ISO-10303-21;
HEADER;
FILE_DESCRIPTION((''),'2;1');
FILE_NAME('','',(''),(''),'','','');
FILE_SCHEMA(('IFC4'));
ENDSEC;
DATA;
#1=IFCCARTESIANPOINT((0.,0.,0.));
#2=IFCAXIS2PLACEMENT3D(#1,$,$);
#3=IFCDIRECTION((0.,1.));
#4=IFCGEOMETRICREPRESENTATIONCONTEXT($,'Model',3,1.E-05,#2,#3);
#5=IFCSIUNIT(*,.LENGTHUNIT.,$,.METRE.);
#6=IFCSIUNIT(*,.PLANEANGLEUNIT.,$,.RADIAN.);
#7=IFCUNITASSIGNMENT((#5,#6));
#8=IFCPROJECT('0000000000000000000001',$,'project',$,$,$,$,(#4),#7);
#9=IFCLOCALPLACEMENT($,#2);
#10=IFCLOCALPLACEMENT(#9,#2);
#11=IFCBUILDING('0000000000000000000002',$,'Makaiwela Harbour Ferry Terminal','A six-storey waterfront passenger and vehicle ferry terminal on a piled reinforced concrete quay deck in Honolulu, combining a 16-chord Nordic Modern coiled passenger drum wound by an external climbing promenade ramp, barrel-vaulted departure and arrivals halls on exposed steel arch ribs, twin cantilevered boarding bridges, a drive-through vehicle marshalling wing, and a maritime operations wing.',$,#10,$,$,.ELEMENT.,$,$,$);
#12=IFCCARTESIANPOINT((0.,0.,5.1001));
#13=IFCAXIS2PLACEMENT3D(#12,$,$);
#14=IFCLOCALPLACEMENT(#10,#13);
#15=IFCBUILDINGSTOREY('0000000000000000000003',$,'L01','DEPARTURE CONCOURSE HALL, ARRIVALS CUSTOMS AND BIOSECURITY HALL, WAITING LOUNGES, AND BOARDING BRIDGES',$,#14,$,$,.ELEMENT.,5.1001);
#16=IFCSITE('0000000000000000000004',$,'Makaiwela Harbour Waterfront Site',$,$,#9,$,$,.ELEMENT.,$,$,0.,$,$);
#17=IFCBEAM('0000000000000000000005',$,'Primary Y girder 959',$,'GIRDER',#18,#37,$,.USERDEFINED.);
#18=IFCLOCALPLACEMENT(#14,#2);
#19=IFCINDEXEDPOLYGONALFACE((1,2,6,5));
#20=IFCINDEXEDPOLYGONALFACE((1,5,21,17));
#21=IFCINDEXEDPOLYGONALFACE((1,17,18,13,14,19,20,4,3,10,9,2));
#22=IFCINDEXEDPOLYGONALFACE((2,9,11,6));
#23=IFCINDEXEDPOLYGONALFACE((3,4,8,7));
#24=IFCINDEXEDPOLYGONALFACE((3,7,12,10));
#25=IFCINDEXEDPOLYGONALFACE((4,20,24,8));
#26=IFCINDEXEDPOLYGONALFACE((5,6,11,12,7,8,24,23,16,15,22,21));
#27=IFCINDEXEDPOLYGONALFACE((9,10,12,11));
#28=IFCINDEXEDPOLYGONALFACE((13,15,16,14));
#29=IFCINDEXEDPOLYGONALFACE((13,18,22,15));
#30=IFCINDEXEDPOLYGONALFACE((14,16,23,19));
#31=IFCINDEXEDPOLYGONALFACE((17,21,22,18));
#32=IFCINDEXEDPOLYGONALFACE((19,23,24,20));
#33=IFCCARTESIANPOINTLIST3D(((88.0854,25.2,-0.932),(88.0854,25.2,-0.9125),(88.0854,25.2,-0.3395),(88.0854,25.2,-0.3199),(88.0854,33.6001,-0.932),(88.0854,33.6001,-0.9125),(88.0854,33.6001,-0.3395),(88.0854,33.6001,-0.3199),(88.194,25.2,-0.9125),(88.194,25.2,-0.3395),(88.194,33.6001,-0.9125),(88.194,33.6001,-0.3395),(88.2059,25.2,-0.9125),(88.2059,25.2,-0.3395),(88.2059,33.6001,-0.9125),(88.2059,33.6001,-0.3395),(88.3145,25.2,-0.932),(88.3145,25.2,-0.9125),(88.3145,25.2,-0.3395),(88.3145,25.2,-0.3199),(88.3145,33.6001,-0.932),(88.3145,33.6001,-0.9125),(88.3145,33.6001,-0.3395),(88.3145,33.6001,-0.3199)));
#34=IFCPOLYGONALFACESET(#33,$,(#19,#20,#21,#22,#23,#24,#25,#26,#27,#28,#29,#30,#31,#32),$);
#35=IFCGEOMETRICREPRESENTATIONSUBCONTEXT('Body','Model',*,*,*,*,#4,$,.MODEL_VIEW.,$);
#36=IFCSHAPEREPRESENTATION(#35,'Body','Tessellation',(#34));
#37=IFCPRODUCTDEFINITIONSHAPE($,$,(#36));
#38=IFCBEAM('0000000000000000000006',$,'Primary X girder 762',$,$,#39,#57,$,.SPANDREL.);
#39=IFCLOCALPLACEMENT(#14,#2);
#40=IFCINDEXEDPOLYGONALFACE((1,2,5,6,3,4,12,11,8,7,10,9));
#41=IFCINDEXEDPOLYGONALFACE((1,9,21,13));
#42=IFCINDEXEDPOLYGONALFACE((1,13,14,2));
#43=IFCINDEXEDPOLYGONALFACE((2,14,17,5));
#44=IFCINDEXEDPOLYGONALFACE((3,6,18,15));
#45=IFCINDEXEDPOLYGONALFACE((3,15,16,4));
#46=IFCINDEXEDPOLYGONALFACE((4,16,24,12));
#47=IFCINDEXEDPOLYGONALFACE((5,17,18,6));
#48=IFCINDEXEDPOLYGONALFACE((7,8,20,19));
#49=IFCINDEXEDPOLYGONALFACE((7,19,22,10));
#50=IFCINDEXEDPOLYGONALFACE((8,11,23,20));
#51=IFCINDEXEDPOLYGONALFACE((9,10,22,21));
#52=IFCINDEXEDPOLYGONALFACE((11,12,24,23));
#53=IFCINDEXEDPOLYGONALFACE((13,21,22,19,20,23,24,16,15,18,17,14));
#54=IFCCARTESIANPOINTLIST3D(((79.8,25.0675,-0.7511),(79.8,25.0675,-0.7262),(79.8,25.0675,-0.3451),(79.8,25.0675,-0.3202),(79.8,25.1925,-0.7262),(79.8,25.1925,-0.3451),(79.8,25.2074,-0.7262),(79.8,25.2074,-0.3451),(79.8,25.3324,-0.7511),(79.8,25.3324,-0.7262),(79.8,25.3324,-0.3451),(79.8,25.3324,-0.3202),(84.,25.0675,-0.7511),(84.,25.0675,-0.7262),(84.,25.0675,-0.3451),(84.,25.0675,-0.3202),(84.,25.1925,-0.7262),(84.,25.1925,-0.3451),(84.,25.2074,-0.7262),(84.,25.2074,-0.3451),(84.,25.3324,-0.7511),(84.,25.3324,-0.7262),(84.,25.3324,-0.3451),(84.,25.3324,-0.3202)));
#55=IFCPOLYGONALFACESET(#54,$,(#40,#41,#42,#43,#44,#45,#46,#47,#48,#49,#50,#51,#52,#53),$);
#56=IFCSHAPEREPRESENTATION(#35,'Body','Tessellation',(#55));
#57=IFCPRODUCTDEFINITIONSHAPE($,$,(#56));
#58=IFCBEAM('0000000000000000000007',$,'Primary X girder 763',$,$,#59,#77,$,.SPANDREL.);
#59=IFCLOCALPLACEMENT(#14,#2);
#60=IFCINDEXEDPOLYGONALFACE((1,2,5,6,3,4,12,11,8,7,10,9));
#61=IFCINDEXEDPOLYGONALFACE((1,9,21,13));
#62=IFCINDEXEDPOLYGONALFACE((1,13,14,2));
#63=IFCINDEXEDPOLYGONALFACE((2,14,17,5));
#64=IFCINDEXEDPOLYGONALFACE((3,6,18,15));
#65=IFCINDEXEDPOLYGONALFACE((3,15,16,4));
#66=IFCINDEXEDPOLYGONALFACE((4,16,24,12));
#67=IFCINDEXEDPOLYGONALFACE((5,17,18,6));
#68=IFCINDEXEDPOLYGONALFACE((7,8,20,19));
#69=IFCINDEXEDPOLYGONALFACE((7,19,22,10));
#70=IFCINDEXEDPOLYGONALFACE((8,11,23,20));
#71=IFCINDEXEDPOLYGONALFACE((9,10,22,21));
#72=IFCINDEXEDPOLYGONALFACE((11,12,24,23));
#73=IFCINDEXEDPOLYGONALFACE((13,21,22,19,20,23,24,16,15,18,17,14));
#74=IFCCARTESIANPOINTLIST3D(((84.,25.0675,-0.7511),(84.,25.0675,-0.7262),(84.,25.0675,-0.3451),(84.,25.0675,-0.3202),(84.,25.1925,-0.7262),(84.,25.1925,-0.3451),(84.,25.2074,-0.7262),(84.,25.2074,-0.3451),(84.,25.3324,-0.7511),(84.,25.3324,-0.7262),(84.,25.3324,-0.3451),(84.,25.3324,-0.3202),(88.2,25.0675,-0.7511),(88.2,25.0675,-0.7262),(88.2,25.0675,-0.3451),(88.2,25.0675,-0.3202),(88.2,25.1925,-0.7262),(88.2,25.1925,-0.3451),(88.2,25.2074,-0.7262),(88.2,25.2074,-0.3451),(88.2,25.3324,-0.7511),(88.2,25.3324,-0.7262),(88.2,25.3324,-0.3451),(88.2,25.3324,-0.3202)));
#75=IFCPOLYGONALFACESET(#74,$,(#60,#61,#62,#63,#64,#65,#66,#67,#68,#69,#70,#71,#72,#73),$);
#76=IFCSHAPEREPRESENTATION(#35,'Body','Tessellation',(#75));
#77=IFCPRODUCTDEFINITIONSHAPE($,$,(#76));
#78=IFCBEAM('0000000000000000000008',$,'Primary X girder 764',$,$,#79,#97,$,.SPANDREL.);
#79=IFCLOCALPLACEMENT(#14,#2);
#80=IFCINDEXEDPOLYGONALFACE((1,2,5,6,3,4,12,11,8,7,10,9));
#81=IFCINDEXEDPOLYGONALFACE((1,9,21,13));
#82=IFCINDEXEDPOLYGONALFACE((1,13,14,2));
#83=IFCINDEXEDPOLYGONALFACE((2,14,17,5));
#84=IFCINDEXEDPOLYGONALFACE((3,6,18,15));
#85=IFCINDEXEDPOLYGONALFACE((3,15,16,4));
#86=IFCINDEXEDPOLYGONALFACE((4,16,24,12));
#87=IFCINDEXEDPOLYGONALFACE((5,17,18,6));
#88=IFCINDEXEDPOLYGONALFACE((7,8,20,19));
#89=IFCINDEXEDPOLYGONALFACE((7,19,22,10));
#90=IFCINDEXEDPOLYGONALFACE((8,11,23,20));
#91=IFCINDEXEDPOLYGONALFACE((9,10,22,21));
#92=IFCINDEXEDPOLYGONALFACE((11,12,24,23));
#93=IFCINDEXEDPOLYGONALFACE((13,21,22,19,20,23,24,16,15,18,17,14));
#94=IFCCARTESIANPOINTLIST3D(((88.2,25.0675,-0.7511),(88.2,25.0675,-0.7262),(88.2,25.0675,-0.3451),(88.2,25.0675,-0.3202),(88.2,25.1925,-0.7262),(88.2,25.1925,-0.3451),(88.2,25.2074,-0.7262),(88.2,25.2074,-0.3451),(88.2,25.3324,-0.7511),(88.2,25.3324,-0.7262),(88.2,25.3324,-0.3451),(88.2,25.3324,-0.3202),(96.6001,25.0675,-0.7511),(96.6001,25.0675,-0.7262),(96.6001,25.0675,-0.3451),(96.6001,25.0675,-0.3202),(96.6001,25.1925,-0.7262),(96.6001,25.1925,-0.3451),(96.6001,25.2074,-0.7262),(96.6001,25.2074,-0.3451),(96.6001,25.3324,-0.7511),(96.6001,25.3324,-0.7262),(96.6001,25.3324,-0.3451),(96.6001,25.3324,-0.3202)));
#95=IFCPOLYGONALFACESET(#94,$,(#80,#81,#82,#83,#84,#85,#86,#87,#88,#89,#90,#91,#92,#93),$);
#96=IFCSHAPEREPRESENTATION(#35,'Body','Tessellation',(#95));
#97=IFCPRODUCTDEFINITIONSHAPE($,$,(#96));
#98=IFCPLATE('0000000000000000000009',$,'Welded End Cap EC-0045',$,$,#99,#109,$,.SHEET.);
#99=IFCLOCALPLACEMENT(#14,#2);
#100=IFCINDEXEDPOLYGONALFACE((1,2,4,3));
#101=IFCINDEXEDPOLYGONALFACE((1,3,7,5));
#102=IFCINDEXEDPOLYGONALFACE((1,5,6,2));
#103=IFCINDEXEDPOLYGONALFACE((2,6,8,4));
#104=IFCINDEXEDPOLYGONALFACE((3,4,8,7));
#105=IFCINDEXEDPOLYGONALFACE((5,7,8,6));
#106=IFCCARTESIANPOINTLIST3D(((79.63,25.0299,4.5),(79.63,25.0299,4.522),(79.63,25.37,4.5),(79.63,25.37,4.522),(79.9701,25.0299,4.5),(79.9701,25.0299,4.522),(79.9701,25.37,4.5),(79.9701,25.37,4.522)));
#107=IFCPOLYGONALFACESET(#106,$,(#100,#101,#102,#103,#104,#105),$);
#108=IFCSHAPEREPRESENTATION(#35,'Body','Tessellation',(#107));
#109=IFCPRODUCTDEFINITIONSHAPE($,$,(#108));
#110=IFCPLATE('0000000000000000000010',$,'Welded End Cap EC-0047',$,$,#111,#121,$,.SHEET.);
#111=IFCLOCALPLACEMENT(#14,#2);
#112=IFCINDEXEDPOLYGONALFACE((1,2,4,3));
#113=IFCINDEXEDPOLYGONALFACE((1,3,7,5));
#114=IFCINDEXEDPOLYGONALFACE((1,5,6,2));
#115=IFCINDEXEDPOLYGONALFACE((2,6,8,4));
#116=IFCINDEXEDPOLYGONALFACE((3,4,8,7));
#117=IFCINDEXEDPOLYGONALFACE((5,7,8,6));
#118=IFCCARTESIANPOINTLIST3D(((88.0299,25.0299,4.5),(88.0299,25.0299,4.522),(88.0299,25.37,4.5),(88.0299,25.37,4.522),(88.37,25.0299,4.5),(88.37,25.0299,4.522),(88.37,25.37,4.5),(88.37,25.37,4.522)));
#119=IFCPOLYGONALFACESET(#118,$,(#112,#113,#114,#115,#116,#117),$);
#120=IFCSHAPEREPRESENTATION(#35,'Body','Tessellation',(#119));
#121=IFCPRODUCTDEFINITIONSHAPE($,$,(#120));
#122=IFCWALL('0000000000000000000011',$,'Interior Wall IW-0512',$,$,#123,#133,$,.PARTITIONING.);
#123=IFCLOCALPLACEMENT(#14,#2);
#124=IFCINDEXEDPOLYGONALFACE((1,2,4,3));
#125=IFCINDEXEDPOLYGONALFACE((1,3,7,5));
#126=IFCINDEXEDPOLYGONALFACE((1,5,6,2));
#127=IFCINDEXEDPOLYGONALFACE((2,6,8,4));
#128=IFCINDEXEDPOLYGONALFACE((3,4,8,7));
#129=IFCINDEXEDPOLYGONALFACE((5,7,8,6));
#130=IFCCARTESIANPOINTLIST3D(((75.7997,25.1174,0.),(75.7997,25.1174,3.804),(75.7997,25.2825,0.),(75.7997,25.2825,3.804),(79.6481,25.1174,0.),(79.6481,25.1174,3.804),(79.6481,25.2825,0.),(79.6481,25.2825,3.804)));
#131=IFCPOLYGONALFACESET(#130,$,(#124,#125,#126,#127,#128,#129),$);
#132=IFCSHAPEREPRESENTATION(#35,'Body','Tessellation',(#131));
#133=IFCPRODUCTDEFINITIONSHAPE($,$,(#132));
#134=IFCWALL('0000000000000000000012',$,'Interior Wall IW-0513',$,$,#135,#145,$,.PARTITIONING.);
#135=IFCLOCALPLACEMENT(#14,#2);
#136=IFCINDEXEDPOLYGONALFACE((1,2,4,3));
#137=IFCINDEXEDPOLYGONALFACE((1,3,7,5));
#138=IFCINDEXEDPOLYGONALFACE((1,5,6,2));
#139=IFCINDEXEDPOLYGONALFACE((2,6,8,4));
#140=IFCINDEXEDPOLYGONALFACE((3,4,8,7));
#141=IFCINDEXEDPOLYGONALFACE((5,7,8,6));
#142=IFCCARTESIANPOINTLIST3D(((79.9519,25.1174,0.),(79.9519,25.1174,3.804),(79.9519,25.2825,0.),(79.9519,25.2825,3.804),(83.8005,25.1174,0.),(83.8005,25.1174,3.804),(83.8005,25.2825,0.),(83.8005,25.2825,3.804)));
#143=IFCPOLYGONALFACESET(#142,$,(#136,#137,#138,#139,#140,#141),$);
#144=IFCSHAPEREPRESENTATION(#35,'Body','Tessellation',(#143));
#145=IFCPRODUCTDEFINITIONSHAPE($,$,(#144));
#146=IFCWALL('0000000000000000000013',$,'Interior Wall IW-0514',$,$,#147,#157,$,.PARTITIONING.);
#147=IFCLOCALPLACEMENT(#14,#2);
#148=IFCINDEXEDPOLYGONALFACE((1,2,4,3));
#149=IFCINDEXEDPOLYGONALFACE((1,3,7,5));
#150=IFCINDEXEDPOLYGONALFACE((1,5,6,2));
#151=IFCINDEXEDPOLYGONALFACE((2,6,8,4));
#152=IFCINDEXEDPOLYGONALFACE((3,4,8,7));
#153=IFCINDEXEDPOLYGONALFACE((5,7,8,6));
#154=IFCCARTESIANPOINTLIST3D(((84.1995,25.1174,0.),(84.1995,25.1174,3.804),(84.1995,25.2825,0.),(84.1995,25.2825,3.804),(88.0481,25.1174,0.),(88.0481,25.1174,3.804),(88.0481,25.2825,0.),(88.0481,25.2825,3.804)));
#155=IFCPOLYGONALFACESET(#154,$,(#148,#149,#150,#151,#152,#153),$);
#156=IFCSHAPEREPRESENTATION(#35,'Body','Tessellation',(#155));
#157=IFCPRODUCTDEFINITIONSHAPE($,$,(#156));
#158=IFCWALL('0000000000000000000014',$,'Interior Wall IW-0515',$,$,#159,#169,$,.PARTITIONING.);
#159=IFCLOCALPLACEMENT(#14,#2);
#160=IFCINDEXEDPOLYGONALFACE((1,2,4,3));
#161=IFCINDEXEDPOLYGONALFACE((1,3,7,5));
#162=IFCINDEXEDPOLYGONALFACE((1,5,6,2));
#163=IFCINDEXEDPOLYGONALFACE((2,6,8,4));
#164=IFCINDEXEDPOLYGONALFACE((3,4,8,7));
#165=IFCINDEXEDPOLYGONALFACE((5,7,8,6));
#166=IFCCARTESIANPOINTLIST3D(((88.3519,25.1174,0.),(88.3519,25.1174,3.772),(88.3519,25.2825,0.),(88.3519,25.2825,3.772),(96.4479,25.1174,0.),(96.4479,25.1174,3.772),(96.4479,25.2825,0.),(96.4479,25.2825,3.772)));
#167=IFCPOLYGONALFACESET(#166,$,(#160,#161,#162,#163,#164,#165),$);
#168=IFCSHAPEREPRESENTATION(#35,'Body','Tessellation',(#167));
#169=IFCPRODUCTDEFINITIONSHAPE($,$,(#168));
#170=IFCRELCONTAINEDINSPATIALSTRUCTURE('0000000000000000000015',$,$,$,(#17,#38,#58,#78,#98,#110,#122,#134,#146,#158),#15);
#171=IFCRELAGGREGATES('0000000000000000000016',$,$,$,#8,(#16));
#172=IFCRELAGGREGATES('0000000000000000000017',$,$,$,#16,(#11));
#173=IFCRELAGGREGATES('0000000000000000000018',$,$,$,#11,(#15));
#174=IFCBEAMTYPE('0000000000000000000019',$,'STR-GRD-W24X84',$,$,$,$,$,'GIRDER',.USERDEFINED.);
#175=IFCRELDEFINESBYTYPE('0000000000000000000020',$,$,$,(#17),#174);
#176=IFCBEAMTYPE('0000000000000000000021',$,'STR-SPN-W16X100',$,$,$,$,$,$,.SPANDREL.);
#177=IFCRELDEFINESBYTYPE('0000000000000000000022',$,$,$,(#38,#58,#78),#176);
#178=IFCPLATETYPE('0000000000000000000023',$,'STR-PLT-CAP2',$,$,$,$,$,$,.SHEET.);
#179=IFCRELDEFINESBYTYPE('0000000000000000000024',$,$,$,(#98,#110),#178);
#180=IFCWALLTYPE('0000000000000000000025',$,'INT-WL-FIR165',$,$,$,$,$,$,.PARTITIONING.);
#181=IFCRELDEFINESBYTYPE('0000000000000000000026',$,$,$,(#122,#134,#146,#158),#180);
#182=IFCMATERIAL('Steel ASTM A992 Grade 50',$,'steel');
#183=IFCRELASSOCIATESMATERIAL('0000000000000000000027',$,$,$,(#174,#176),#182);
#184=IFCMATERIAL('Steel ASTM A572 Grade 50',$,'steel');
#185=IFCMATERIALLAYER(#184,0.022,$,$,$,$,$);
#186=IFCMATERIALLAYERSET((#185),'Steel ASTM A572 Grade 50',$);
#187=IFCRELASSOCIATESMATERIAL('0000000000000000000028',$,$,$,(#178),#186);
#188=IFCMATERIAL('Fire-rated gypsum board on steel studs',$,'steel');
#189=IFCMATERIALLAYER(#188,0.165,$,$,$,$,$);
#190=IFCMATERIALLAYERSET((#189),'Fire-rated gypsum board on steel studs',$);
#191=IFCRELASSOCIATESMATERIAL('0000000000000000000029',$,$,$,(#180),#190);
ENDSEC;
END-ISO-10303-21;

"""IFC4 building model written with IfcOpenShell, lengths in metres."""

from ifc_helpers import new_model, si_unit, direction, frame, frame_2d, origin, origin_2d, place, context, subcontext, project, spatial, rectangle, i_section, extrude, material, layer, layer_set, material_profile, profile_set, type_object, element, save


model = new_model("IFC4")

# Units and contexts
model_context = context("Model", 3, precision=1e-05, world=origin(), true_north=direction((0.0, 1.0)))
body_context = subcontext(model_context, "Body", "Model", "MODEL_VIEW")
ifc_project = project(units=[si_unit("LENGTHUNIT", "METRE"), si_unit("PLANEANGLEUNIT", "RADIAN")], contexts=[model_context])

# Site, building, storey
site_placement = place(None, origin())
site = spatial("IfcSite", under=ifc_project, at=site_placement, Name="Makaiwela Harbour Waterfront Site", CompositionType="ELEMENT", RefElevation=0.0)
building_placement = place(site_placement, origin())
building = spatial("IfcBuilding", under=site, at=building_placement, Name="Makaiwela Harbour Ferry Terminal", Description="A six-storey waterfront passenger and vehicle ferry terminal on a piled reinforced concrete quay deck in Honolulu, combining a 16-chord Nordic Modern coiled passenger drum wound by an external climbing promenade ramp, barrel-vaulted departure and arrivals halls on exposed steel arch ribs, twin cantilevered boarding bridges, a drive-through vehicle marshalling wing, and a maritime operations wing.", CompositionType="ELEMENT")
storey_placement = place(building_placement, frame((0.0, 0.0, 5.1001)))
storey = spatial("IfcBuildingStorey", under=building, at=storey_placement, Name="L01", Description="DEPARTURE CONCOURSE HALL, ARRIVALS CUSTOMS AND BIOSECURITY HALL, WAITING LOUNGES, AND BOARDING BRIDGES", CompositionType="ELEMENT", Elevation=5.1001)

# Shared definitions
ifc_material_1 = material(Name="Steel ASTM A992 Grade 50", Category="steel")

# Beams
ifc_material_profile_1 = material_profile(ifc_material_1, i_section(OverallWidth=0.229, OverallDepth=0.6121, WebThickness=0.012, FlangeThickness=0.0195, at=origin_2d()), Name="W24X84")
ifc_profile_set_1 = profile_set([ifc_material_profile_1], Name="Steel ASTM A992 Grade 50")
beam_type_1 = type_object("IfcBeamType", Name="STR-GRD-W24X84", ElementType="GIRDER", PredefinedType="USERDEFINED", material=ifc_profile_set_1)
for number, where, z_axis, x_axis, name in (
    (1, (88.2, 25.2, -0.626), (0.0, 1.0, 0.0), (-1.0, 0.0, 0.0), "Primary Y girder 959"),
):
    element("IfcBeam", number, at=place(storey_placement, frame(where, z_axis=z_axis, x_axis=x_axis)), inside=storey, type_object=beam_type_1, Name=name, ObjectType="GIRDER", PredefinedType="USERDEFINED", context=body_context, shape_type="SweptSolid", body=[
        extrude(i_section(OverallWidth=0.229, OverallDepth=0.6121, WebThickness=0.012, FlangeThickness=0.0195, at=origin_2d()), origin(), (0.0, 0.0, 1.0), 8.4001),
    ])
ifc_material_profile_2 = material_profile(ifc_material_1, i_section(OverallWidth=0.2649, OverallDepth=0.4309, WebThickness=0.0149, FlangeThickness=0.0249, at=origin_2d()), Name="W16X100")
ifc_profile_set_2 = profile_set([ifc_material_profile_2], Name="Steel ASTM A992 Grade 50")
beam_type_2 = type_object("IfcBeamType", Name="STR-SPN-W16X100", PredefinedType="SPANDREL", material=ifc_profile_set_2)
for number, where, z_axis, x_axis, name in (
    (2, (79.8, 25.2, -0.5356), (1.0, 0.0, 0.0), (0.0, 1.0, 0.0), "Primary X girder 762"),
    (3, (84.0, 25.2, -0.5356), (1.0, 0.0, 0.0), (0.0, 1.0, 0.0), "Primary X girder 763"),
):
    element("IfcBeam", number, at=place(storey_placement, frame(where, z_axis=z_axis, x_axis=x_axis)), inside=storey, type_object=beam_type_2, Name=name, PredefinedType="SPANDREL", context=body_context, shape_type="SweptSolid", body=[
        extrude(i_section(OverallWidth=0.2649, OverallDepth=0.4309, WebThickness=0.0149, FlangeThickness=0.0249, at=origin_2d()), origin(), (0.0, 0.0, 1.0), 4.2),
    ])
beam_1_placement = place(storey_placement, frame((88.2, 25.2, -0.5356), z_axis=(1.0, 0.0, 0.0), x_axis=(0.0, 1.0, 0.0)))
element("IfcBeam", 4, at=beam_1_placement, inside=storey, type_object=beam_type_2, Name="Primary X girder 764", PredefinedType="SPANDREL", context=body_context, shape_type="SweptSolid", body=[
    extrude(i_section(OverallWidth=0.2649, OverallDepth=0.4309, WebThickness=0.0149, FlangeThickness=0.0249, at=origin_2d()), origin(), (0.0, 0.0, 1.0), 8.4001),
])

# Plates
ifc_material_2 = material(Name="Steel ASTM A572 Grade 50", Category="steel")
ifc_layer_1 = layer(ifc_material_2, 0.022)
ifc_layer_set_1 = layer_set([ifc_layer_1], Name="Steel ASTM A572 Grade 50")
plate_type = type_object("IfcPlateType", Name="STR-PLT-CAP2", PredefinedType="SHEET", material=ifc_layer_set_1)
for number, where, z_axis, x_axis, name in (
    (5, (79.8, 25.2, 4.5), (0.0, 0.0, 1.0), (1.0, 0.0, 0.0), "Welded End Cap EC-0045"),
    (6, (88.2, 25.2, 4.5), (0.0, 0.0, 1.0), (1.0, 0.0, 0.0), "Welded End Cap EC-0047"),
):
    element("IfcPlate", number, at=place(storey_placement, frame(where, z_axis=z_axis, x_axis=x_axis)), inside=storey, type_object=plate_type, Name=name, PredefinedType="SHEET", context=body_context, shape_type="SweptSolid", body=[
        extrude(rectangle(XDim=0.3401, YDim=0.3401, at=origin_2d()), origin(), (0.0, 0.0, 1.0), 0.022),
    ])

# Walls
ifc_material_3 = material(Name="Fire-rated gypsum board on steel studs", Category="steel")
ifc_layer_2 = layer(ifc_material_3, 0.165)
ifc_layer_set_2 = layer_set([ifc_layer_2], Name="Fire-rated gypsum board on steel studs")
wall_type_1 = type_object("IfcWallType", Name="INT-WL-FIR165", PredefinedType="PARTITIONING", material=ifc_layer_set_2)
wall_1_placement = place(storey_placement, frame((75.7996, 25.2, 0.0), z_axis=(0.0, 0.0, 1.0), x_axis=(1.0, 0.0, 0.0)))
element("IfcWall", 7, at=wall_1_placement, inside=storey, type_object=wall_type_1, Name="Interior Wall IW-0512", PredefinedType="PARTITIONING", context=body_context, shape_type="SweptSolid", body=[
    extrude(rectangle(XDim=3.8484, YDim=0.165, at=frame_2d((1.9243, 0.0))), origin(), (0.0, 0.0, 1.0), 3.804),
])
for number, where, z_axis, x_axis, name in (
    (8, (79.9519, 25.2, 0.0), (0.0, 0.0, 1.0), (1.0, 0.0, 0.0), "Interior Wall IW-0513"),
    (9, (84.1995, 25.2, 0.0), (0.0, 0.0, 1.0), (1.0, 0.0, 0.0), "Interior Wall IW-0514"),
):
    element("IfcWall", number, at=place(storey_placement, frame(where, z_axis=z_axis, x_axis=x_axis)), inside=storey, type_object=wall_type_1, Name=name, PredefinedType="PARTITIONING", context=body_context, shape_type="SweptSolid", body=[
        extrude(rectangle(XDim=3.8486, YDim=0.165, at=frame_2d((1.9243, 0.0))), origin(), (0.0, 0.0, 1.0), 3.804),
    ])
wall_2_placement = place(storey_placement, frame((88.3521, 25.2, 0.0), z_axis=(0.0, 0.0, 1.0), x_axis=(1.0, 0.0, 0.0)))
element("IfcWall", 10, at=wall_2_placement, inside=storey, type_object=wall_type_1, Name="Interior Wall IW-0515", PredefinedType="PARTITIONING", context=body_context, shape_type="SweptSolid", body=[
    extrude(rectangle(XDim=8.0959, YDim=0.165, at=frame_2d((4.0479, 0.0))), origin(), (0.0, 0.0, 1.0), 3.772),
])

save(model, "model.ifc")
